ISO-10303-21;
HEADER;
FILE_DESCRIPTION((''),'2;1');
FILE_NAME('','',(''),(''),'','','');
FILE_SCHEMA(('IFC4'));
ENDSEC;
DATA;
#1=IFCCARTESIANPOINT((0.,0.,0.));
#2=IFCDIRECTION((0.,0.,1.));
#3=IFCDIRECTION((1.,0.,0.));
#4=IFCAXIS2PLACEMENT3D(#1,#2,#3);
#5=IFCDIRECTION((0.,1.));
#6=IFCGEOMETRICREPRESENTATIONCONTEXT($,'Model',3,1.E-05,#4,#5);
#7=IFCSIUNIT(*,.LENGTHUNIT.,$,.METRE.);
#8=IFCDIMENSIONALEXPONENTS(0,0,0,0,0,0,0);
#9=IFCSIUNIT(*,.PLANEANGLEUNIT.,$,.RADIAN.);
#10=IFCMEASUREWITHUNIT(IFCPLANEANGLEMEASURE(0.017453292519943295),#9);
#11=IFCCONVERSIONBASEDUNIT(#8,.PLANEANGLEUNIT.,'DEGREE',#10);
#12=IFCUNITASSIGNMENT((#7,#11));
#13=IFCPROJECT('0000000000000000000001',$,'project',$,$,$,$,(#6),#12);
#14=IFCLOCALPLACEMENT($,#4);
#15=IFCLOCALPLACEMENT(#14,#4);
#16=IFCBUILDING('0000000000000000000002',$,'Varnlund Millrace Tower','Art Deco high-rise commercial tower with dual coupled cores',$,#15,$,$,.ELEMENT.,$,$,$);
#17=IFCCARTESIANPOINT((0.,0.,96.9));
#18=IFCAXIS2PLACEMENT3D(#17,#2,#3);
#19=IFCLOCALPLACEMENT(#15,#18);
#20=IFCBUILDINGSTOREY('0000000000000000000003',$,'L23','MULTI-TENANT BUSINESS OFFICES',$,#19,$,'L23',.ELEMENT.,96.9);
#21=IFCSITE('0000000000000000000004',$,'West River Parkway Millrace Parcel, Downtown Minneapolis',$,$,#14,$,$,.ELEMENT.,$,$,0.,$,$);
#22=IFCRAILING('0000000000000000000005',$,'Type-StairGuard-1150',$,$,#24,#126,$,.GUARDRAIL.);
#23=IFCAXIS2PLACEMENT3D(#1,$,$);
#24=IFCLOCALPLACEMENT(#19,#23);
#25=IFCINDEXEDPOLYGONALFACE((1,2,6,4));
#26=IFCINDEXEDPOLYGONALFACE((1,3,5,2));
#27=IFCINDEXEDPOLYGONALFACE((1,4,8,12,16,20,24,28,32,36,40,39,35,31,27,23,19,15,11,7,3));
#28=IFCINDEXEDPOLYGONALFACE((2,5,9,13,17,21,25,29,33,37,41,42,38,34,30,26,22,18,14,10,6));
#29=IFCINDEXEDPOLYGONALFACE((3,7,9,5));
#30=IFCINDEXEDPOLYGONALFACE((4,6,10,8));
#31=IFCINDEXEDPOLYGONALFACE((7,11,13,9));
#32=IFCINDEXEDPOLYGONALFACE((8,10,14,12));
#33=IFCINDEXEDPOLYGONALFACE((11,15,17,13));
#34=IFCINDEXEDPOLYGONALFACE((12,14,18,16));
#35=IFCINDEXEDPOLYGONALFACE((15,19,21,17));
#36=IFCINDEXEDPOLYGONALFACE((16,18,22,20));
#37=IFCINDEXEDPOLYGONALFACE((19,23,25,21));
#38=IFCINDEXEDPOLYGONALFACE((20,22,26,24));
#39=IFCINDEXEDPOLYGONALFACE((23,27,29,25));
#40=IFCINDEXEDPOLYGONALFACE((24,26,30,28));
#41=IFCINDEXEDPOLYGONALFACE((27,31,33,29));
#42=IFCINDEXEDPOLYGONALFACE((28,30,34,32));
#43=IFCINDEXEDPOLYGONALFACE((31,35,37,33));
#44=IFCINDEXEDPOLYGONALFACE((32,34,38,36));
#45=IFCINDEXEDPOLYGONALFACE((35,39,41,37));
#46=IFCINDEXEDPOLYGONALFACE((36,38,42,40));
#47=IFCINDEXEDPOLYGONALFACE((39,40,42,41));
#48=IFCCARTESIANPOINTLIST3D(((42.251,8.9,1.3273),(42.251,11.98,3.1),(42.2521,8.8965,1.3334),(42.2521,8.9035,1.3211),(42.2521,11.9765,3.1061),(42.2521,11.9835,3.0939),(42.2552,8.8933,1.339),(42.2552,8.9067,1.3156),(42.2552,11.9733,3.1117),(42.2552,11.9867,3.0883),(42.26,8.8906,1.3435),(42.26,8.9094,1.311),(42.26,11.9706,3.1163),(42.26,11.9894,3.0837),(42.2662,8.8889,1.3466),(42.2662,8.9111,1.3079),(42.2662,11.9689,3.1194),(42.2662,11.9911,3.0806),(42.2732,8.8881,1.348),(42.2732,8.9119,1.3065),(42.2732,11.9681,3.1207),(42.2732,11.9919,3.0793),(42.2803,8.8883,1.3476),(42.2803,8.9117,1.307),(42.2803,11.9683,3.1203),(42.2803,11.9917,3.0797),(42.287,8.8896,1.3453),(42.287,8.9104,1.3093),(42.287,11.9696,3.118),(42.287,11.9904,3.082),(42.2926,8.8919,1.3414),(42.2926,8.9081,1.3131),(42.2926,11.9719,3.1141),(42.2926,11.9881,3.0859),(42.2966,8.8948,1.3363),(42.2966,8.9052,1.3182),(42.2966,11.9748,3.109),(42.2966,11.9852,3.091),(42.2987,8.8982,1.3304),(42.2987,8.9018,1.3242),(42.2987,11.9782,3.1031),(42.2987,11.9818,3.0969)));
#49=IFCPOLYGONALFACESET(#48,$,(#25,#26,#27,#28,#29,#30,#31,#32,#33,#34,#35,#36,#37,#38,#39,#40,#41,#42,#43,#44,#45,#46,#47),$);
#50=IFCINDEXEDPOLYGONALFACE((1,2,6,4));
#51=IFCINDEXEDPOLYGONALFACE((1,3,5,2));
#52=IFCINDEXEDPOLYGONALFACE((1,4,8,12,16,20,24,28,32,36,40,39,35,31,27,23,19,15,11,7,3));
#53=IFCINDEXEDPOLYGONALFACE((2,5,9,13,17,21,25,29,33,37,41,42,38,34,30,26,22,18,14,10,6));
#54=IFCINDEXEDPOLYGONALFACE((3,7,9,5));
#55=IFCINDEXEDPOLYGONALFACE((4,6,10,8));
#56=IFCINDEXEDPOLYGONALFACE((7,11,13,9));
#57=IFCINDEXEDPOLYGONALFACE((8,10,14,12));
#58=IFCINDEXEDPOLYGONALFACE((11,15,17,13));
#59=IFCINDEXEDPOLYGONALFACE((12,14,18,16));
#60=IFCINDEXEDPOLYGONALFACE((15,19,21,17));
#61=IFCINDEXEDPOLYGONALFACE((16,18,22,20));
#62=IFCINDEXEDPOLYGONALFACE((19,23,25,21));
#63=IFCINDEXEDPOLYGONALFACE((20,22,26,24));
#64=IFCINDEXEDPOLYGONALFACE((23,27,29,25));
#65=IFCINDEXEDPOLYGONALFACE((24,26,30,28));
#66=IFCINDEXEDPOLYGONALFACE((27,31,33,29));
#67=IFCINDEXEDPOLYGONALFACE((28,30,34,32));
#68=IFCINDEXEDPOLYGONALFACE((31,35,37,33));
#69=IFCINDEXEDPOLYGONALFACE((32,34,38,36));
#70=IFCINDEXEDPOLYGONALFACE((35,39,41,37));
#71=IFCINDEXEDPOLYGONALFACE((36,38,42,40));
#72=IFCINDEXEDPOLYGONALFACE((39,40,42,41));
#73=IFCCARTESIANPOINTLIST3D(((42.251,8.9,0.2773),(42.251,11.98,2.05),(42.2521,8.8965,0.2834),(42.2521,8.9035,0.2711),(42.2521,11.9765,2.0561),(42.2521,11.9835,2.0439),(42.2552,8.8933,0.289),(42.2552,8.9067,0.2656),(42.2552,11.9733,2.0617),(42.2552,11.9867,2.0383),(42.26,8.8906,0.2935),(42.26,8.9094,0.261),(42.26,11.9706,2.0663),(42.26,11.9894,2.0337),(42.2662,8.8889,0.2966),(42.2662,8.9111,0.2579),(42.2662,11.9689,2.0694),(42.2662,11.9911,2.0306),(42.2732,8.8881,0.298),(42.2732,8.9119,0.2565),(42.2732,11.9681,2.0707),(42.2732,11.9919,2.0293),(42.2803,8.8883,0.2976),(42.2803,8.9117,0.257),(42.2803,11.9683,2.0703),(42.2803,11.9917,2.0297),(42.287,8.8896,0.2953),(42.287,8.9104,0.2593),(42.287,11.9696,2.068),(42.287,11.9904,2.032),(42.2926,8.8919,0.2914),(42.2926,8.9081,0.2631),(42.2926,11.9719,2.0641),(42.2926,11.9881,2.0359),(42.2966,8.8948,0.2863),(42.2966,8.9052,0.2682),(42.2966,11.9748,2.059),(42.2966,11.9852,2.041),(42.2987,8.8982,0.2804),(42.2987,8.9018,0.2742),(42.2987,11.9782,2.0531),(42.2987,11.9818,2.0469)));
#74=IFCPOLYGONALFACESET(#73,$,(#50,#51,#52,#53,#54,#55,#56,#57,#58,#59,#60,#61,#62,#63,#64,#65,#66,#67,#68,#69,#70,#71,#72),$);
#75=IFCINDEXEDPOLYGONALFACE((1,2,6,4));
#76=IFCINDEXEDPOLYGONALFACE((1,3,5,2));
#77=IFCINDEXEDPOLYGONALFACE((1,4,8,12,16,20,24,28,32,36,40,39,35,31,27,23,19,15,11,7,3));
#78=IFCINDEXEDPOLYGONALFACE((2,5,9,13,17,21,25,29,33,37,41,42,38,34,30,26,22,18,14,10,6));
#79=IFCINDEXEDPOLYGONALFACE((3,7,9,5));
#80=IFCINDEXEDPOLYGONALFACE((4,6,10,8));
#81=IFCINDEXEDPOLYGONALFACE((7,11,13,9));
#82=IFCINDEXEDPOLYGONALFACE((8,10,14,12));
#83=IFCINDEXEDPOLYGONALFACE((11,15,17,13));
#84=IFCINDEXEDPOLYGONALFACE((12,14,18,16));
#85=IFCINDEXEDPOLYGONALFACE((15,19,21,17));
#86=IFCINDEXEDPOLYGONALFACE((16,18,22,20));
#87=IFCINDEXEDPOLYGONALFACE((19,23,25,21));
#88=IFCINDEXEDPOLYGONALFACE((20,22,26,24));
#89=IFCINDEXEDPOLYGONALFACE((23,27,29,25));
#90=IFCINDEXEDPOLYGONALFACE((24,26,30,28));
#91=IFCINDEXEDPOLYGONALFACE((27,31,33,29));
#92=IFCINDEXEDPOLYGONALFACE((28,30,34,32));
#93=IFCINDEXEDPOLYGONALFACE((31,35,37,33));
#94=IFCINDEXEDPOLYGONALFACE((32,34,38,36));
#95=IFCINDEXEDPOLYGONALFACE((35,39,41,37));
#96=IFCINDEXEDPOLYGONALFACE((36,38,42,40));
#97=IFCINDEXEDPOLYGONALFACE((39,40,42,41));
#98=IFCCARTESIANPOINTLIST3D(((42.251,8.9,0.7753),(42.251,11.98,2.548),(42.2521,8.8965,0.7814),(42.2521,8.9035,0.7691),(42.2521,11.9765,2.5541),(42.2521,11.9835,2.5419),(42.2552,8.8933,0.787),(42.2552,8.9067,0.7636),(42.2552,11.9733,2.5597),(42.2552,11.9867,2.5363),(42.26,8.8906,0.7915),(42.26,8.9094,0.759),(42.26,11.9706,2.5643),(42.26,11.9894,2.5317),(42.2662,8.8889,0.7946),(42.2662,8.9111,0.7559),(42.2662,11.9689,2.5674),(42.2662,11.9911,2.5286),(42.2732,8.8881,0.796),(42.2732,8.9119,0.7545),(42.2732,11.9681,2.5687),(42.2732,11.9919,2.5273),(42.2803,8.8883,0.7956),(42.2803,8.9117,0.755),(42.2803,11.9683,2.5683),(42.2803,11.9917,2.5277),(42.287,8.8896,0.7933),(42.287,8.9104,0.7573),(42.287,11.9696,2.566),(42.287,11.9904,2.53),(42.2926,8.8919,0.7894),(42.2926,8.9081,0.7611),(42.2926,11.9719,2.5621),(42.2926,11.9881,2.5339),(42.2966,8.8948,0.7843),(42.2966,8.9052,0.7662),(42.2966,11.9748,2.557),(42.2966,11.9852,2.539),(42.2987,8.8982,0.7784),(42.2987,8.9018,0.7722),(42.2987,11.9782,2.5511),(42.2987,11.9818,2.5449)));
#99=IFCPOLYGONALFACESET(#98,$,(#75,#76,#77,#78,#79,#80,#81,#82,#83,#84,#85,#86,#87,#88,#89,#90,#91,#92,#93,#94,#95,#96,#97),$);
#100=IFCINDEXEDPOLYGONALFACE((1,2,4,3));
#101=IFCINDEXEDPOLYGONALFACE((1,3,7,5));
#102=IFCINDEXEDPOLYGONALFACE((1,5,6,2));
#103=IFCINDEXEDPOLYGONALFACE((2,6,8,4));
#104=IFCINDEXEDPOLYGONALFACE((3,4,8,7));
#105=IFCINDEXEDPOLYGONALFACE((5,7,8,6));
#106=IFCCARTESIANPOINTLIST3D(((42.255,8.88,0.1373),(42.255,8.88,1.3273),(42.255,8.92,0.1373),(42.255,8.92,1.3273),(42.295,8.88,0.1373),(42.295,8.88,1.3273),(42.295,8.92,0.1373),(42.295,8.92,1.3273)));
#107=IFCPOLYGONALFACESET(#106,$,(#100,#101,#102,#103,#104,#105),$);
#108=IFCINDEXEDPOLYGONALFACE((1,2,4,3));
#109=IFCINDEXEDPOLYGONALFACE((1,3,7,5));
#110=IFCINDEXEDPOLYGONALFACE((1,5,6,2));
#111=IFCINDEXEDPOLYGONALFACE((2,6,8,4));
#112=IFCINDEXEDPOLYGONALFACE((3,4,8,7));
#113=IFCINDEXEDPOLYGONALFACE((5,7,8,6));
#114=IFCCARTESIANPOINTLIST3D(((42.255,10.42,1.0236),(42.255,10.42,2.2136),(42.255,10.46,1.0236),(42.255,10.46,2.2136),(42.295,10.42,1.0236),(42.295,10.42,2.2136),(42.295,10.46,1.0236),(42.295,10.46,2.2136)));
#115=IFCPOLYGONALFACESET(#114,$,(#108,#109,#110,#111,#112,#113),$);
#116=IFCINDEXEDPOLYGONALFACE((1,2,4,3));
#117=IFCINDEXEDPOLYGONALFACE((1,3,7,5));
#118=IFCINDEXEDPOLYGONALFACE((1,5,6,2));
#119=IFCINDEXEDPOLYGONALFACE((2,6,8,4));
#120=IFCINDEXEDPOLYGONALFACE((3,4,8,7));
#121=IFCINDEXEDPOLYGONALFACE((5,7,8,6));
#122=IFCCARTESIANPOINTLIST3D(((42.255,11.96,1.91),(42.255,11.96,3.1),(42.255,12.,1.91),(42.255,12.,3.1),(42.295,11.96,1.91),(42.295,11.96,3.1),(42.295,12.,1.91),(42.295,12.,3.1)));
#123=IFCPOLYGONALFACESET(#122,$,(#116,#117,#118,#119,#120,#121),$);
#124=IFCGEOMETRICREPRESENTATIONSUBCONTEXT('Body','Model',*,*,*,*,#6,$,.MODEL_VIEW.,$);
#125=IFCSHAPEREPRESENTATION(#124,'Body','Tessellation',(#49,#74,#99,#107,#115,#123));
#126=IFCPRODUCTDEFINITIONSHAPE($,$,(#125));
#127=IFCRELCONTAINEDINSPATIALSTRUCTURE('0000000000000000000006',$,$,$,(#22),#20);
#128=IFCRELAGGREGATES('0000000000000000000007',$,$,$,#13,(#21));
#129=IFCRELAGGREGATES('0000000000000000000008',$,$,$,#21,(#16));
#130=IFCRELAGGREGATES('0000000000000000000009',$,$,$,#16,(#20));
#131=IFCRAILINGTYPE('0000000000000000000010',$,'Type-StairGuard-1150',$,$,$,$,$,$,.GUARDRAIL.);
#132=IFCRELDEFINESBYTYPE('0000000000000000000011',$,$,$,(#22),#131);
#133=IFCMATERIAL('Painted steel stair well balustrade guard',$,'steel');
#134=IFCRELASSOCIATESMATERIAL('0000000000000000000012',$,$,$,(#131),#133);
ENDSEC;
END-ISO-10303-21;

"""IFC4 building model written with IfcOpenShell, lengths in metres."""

from ifc_helpers import new_model, entity, si_unit, converted_unit, direction, frame, origin_with_axes, origin_2d_with_axis, place, context, subcontext, project, spatial, rectangle, circle, extrude, material, type_object, element, save


model = new_model("IFC4")

# Units and contexts
model_context = context("Model", 3, precision=1e-05, world=origin_with_axes(), true_north=direction((0.0, 1.0)))
body_context = subcontext(model_context, "Body", "Model", "MODEL_VIEW")
ifc_project = project(units=[si_unit("LENGTHUNIT", "METRE"), converted_unit("PLANEANGLEUNIT", "DEGREE", entity("IfcPlaneAngleMeasure", 0.017453292519943295), si_unit("PLANEANGLEUNIT", "RADIAN"), dimensions=[0, 0, 0, 0, 0, 0, 0])], contexts=[model_context])

# Site, building, storey
site_placement = place(None, origin_with_axes())
site = spatial("IfcSite", under=ifc_project, at=site_placement, Name="West River Parkway Millrace Parcel, Downtown Minneapolis", CompositionType="ELEMENT", RefElevation=0.0)
building_placement = place(site_placement, origin_with_axes())
building = spatial("IfcBuilding", under=site, at=building_placement, Name="Varnlund Millrace Tower", Description="Art Deco high-rise commercial tower with dual coupled cores", CompositionType="ELEMENT")
storey_placement = place(building_placement, frame((0.0, 0.0, 96.9), z_axis=(0.0, 0.0, 1.0), x_axis=(1.0, 0.0, 0.0)))
storey = spatial("IfcBuildingStorey", under=building, at=storey_placement, Name="L23", Description="MULTI-TENANT BUSINESS OFFICES", LongName="L23", CompositionType="ELEMENT", Elevation=96.9)

# Railing
ifc_material_1 = material(Name="Painted steel stair well balustrade guard", Category="steel")
railing_type_1 = type_object("IfcRailingType", Name="Type-StairGuard-1150", PredefinedType="GUARDRAIL", material=ifc_material_1)
railing_1_placement = place(storey_placement, frame((0.0, 0.0, -96.9), z_axis=(0.0, 0.0, 1.0), x_axis=(1.0, 0.0, 0.0)))
element("IfcRailing", 1, at=railing_1_placement, inside=storey, type_object=railing_type_1, Name="Type-StairGuard-1150", PredefinedType="GUARDRAIL", context=body_context, shape_type="SweptSolid", body=[
    extrude(circle(Radius=0.024, at=origin_2d_with_axis()), frame((42.275, 8.9, 98.2273), z_axis=(0.0, 0.866696, 0.498836), x_axis=(-1.0, 0.0, 0.0)), (0.0, 0.0, 1.0), 3.5537),
    extrude(circle(Radius=0.024, at=origin_2d_with_axis()), frame((42.275, 8.9, 97.1773), z_axis=(0.0, 0.866696, 0.498836), x_axis=(-1.0, 0.0, 0.0)), (0.0, 0.0, 1.0), 3.5537),
    extrude(circle(Radius=0.024, at=origin_2d_with_axis()), frame((42.275, 8.9, 97.6753), z_axis=(0.0, 0.866696, 0.498836), x_axis=(-1.0, 0.0, 0.0)), (0.0, 0.0, 1.0), 3.5537),
    extrude(rectangle(XDim=0.04, YDim=0.04, at=origin_2d_with_axis()), frame((42.275, 8.9, 97.0373), z_axis=(0.0, 0.0, 1.0), x_axis=(1.0, 0.0, 0.0)), (0.0, 0.0, 1.0), 1.19),
    extrude(rectangle(XDim=0.04, YDim=0.04, at=origin_2d_with_axis()), frame((42.275, 10.44, 97.9236), z_axis=(0.0, 0.0, 1.0), x_axis=(1.0, 0.0, 0.0)), (0.0, 0.0, 1.0), 1.19),
    extrude(rectangle(XDim=0.04, YDim=0.04, at=origin_2d_with_axis()), frame((42.275, 11.98, 98.81), z_axis=(0.0, 0.0, 1.0), x_axis=(1.0, 0.0, 0.0)), (0.0, 0.0, 1.0), 1.19),
])

save(model, "model.ifc")
